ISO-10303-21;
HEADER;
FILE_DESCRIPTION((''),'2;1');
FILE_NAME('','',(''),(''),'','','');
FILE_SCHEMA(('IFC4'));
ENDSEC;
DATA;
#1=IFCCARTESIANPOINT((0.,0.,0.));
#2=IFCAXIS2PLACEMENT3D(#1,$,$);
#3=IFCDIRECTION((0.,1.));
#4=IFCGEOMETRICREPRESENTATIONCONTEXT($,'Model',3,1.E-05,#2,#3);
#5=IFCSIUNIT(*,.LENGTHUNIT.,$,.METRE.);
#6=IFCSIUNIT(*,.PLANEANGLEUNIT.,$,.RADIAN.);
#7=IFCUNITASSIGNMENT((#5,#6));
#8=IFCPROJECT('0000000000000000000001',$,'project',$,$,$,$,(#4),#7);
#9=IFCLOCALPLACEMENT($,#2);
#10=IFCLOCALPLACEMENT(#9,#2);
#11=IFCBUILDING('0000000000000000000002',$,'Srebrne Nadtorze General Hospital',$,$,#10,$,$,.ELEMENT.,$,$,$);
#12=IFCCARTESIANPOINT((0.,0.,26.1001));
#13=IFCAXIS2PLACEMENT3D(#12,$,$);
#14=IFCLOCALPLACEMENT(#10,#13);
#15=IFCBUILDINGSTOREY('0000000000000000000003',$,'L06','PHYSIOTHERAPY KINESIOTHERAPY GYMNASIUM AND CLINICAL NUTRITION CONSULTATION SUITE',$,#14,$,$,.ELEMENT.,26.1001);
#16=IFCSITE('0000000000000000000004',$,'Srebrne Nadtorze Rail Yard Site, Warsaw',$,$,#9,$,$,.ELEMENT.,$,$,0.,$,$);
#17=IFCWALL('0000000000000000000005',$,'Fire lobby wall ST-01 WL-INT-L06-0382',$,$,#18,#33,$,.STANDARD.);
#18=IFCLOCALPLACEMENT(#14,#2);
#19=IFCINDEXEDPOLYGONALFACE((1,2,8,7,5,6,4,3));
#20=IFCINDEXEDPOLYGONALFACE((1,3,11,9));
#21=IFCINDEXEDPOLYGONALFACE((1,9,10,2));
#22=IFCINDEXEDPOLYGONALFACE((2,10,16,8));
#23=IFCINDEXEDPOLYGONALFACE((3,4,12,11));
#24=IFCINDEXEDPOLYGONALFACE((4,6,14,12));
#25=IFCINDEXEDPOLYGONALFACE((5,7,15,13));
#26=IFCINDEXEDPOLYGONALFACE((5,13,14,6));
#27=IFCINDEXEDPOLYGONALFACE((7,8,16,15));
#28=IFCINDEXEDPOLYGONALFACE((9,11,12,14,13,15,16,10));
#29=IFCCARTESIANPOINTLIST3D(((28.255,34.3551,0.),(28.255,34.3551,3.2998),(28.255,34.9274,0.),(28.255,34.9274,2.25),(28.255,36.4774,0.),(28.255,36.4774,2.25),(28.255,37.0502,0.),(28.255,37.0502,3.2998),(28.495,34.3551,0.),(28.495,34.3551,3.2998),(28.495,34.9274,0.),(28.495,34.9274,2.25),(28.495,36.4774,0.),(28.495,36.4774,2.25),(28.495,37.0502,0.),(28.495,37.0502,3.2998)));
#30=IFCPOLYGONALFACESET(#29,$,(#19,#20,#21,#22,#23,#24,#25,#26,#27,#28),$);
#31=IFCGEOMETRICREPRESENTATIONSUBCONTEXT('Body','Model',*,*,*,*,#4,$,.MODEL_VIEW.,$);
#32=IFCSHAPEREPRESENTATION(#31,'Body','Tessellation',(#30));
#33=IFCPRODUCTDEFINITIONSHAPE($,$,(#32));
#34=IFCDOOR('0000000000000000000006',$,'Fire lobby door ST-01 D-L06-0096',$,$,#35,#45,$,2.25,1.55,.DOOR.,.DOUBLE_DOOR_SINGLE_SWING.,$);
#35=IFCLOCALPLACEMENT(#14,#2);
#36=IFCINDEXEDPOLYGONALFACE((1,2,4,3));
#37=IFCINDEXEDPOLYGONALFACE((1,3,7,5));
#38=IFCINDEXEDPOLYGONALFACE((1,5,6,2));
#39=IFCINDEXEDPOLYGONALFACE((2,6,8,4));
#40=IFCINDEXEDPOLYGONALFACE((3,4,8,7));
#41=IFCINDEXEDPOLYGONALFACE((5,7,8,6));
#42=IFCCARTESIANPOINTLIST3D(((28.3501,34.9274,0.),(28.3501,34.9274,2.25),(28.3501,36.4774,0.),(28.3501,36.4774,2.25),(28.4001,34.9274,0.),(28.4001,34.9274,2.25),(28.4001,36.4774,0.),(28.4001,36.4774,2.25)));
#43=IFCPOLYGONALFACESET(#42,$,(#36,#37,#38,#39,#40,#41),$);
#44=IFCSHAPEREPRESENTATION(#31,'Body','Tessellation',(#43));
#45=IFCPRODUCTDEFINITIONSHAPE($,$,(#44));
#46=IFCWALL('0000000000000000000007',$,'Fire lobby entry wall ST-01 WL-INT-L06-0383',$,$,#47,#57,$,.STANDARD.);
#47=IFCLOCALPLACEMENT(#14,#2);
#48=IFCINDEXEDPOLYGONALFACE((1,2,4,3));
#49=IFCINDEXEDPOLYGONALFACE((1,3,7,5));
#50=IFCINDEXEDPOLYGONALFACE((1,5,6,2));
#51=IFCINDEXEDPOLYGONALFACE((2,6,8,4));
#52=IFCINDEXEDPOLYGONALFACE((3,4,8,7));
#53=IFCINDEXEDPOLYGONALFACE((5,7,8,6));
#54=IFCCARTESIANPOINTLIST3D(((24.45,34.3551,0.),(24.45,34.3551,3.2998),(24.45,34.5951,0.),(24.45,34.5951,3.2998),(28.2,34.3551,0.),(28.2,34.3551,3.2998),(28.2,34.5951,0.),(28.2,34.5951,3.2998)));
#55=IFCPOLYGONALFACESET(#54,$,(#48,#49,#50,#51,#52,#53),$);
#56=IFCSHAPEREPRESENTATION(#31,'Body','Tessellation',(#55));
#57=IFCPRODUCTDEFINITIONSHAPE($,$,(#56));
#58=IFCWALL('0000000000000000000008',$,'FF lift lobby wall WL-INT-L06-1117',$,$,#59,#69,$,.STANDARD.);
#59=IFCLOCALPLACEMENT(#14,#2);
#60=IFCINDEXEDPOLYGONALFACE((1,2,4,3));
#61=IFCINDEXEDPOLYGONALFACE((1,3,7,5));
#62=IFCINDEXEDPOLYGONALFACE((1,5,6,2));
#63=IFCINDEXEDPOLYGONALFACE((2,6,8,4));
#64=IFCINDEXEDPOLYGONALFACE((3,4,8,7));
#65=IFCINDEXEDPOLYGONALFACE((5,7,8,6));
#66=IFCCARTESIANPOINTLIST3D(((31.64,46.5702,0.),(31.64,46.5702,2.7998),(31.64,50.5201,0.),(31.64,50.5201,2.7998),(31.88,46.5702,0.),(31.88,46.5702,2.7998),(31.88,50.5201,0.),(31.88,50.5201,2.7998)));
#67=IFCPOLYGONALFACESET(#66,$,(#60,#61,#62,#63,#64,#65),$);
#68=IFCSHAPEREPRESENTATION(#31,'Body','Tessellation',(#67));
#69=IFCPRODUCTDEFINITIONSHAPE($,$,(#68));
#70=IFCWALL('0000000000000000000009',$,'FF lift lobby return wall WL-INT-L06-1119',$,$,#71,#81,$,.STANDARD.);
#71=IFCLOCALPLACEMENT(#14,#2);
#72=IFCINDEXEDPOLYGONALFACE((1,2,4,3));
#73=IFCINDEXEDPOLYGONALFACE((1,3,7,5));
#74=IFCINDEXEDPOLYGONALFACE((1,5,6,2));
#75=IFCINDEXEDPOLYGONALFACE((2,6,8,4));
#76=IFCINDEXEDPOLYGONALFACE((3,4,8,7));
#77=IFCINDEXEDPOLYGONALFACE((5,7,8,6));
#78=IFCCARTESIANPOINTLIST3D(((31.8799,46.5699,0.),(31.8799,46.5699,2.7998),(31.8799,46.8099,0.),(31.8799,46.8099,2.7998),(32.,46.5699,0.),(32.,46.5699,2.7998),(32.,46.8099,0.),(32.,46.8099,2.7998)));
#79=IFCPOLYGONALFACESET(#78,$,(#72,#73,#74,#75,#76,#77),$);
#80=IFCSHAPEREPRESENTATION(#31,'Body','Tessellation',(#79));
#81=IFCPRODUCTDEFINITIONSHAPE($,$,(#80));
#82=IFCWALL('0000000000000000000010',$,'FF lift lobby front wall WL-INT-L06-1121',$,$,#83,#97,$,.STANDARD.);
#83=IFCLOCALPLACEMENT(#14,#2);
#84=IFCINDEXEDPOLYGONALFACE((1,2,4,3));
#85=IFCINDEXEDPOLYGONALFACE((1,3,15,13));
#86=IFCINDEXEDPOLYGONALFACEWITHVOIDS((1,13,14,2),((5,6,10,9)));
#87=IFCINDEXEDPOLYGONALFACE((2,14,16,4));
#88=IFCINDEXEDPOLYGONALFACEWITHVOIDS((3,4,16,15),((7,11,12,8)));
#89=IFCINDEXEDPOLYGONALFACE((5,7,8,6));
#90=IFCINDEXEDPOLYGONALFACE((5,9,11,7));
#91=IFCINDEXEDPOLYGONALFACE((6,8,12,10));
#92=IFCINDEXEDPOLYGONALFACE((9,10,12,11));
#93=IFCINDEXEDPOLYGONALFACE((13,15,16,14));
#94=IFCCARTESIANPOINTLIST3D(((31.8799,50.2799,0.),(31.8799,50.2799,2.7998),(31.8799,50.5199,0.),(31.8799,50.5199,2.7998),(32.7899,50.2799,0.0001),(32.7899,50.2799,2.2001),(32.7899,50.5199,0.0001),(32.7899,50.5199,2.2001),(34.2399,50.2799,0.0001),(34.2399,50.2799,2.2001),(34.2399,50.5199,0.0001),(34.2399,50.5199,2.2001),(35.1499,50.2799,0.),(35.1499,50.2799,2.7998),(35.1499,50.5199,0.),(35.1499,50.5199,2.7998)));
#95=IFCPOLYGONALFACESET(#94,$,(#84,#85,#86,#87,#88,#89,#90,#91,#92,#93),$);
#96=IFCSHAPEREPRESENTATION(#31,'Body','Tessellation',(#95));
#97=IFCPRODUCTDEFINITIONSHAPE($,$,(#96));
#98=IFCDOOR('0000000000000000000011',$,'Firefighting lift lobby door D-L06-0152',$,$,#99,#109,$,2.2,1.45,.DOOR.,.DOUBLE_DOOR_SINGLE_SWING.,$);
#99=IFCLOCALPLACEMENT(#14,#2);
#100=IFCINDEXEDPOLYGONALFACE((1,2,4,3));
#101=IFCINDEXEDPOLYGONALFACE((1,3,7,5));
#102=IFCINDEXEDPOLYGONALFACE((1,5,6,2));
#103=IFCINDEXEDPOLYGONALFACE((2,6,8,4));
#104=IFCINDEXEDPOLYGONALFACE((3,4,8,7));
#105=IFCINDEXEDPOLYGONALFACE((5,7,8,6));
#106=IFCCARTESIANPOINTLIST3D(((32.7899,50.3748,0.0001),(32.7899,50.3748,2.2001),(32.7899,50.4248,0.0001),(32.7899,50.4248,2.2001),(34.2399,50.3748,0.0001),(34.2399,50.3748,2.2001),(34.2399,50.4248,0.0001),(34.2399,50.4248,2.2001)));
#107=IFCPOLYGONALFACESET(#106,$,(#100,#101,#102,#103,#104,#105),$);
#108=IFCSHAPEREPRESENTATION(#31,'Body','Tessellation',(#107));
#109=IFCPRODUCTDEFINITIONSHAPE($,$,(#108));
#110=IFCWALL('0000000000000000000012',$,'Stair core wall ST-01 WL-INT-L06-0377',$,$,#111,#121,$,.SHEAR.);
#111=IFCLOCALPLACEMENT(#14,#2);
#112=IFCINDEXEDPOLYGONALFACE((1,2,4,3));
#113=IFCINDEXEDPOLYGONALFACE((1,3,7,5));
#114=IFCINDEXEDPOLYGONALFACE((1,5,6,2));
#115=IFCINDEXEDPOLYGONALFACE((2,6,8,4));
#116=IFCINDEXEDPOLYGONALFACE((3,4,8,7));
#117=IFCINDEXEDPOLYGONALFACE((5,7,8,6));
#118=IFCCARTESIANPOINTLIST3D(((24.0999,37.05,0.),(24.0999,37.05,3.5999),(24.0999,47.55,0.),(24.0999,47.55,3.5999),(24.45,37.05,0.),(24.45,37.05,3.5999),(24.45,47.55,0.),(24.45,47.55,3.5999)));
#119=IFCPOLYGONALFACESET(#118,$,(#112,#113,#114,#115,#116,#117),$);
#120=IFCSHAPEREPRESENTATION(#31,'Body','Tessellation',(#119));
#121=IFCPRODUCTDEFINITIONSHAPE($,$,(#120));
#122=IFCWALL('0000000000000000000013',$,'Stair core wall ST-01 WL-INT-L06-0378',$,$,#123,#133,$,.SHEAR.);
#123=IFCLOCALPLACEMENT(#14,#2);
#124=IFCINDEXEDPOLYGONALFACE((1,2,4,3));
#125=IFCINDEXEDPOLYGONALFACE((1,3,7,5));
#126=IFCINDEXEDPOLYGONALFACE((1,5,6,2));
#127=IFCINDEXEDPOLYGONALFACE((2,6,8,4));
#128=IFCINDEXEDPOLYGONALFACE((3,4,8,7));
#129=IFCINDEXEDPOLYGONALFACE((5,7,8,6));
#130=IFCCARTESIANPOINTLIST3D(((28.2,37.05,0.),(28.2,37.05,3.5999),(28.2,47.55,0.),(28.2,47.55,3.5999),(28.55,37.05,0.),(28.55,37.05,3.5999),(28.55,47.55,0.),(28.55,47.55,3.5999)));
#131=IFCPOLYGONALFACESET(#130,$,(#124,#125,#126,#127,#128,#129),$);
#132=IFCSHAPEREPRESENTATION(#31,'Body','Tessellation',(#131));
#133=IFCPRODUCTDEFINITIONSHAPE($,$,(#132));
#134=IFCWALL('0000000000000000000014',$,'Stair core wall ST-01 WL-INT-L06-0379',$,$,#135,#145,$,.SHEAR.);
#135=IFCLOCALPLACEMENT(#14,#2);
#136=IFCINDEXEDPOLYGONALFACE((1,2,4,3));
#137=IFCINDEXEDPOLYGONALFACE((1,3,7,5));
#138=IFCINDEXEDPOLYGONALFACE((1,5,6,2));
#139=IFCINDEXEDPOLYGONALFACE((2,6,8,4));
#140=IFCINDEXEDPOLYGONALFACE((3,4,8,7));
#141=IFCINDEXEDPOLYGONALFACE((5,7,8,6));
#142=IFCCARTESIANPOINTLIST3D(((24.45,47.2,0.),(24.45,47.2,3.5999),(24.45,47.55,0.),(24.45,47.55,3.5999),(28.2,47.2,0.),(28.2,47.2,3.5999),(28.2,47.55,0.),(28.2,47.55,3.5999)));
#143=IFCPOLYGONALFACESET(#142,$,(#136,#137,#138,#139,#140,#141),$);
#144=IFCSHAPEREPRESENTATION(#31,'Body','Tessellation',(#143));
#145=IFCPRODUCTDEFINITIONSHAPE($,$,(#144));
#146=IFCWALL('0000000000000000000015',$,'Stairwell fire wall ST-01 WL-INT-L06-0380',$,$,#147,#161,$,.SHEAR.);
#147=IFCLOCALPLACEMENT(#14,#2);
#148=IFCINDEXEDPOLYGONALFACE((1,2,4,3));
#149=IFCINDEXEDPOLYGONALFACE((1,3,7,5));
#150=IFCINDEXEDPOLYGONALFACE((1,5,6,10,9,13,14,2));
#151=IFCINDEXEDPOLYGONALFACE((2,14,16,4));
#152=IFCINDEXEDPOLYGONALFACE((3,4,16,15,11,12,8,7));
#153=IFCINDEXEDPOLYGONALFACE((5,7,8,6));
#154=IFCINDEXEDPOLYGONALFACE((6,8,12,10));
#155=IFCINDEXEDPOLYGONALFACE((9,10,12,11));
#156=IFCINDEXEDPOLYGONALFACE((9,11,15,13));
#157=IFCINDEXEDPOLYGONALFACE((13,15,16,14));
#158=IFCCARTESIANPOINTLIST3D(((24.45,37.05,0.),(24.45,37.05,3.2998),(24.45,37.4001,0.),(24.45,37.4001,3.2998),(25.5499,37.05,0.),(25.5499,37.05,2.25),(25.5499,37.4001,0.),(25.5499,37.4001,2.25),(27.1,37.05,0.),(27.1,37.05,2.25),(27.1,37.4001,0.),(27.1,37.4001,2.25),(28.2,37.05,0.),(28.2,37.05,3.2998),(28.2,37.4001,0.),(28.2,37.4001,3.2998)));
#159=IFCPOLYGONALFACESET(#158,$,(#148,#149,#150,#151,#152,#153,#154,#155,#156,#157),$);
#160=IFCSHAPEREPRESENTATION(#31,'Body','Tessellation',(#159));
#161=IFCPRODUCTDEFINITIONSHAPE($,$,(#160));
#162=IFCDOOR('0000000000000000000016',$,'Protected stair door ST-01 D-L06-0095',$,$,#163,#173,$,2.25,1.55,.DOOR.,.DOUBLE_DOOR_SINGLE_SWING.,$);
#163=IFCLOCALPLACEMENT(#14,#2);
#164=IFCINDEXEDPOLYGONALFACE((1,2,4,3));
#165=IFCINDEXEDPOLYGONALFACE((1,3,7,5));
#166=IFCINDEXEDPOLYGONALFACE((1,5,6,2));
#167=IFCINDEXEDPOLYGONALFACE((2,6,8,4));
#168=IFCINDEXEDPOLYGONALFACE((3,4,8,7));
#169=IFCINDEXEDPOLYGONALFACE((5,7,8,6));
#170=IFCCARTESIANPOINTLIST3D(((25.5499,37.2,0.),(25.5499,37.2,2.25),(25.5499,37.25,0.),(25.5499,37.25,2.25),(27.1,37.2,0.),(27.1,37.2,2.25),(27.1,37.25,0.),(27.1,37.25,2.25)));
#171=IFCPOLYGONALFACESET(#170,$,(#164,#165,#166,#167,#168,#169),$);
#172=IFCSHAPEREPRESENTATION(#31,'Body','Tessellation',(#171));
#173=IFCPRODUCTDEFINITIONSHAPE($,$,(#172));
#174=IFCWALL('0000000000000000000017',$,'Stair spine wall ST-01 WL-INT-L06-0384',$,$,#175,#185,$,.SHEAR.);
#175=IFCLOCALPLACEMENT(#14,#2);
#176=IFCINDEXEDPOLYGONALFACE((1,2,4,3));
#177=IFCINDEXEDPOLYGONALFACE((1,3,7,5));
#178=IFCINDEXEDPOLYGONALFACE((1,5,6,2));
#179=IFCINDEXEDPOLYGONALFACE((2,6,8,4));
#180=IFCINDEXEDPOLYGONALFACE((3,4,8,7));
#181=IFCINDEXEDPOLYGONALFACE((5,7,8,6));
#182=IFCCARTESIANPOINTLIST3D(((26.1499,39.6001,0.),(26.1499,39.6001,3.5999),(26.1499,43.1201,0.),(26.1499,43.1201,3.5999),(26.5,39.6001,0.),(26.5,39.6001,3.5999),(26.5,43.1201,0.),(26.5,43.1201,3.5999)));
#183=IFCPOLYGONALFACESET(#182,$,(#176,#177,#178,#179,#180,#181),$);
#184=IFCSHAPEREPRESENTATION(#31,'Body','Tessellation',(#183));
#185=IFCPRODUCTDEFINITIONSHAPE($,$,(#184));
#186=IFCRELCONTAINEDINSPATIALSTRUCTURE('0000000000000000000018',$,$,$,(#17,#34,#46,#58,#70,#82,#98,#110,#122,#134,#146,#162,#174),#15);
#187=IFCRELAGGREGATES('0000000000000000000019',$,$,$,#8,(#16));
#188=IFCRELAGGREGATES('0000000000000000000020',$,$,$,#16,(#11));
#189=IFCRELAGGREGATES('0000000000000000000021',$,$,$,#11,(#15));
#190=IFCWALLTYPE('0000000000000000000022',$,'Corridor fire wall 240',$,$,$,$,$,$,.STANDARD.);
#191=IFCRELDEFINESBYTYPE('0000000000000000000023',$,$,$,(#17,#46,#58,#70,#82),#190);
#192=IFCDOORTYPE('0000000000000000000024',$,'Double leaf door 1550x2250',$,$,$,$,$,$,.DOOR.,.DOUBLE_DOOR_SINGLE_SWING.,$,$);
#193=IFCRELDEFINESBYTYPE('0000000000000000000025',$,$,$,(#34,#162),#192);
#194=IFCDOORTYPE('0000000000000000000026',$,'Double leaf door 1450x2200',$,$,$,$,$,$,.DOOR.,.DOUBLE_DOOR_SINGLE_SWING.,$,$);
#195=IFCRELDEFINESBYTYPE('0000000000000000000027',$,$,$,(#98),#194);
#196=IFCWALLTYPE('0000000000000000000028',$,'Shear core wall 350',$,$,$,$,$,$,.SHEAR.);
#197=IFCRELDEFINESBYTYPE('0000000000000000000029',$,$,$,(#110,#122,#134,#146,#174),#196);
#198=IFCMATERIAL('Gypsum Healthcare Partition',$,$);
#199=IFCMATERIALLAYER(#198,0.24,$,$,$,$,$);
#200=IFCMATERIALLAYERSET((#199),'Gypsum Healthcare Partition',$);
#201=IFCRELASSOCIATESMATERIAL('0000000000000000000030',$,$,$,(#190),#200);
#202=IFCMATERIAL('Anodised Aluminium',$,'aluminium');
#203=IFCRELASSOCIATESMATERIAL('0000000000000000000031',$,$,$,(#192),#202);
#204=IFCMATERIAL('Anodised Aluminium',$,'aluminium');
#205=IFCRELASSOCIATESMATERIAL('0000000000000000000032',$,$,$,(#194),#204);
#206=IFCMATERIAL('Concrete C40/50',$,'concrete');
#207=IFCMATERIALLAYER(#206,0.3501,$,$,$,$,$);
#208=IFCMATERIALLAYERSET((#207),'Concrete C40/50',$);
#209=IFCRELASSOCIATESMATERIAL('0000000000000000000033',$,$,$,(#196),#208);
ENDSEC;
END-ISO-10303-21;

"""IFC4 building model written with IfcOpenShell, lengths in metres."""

from ifc_helpers import new_model, si_unit, direction, frame, frame_2d, origin, place, context, subcontext, project, spatial, rectangle, extrude, material, layer, layer_set, type_object, element, fill, save


model = new_model("IFC4")

# Units and contexts
model_context = context("Model", 3, precision=1e-05, world=origin(), true_north=direction((0.0, 1.0)))
body_context = subcontext(model_context, "Body", "Model", "MODEL_VIEW")
ifc_project = project(units=[si_unit("LENGTHUNIT", "METRE"), si_unit("PLANEANGLEUNIT", "RADIAN")], contexts=[model_context])

# Site, building, storey
site_placement = place(None, origin())
site = spatial("IfcSite", under=ifc_project, at=site_placement, Name="Srebrne Nadtorze Rail Yard Site, Warsaw", CompositionType="ELEMENT", RefElevation=0.0)
building_placement = place(site_placement, origin())
building = spatial("IfcBuilding", under=site, at=building_placement, Name="Srebrne Nadtorze General Hospital", CompositionType="ELEMENT")
storey_placement = place(building_placement, frame((0.0, 0.0, 26.1001)))
storey = spatial("IfcBuildingStorey", under=building, at=storey_placement, Name="L06", Description="PHYSIOTHERAPY KINESIOTHERAPY GYMNASIUM AND CLINICAL NUTRITION CONSULTATION SUITE", CompositionType="ELEMENT", Elevation=26.1001)

# Wall, opening, door
ifc_material_1 = material(Name="Gypsum Healthcare Partition")
ifc_layer_1 = layer(ifc_material_1, 0.24)
ifc_layer_set_1 = layer_set([ifc_layer_1], Name="Gypsum Healthcare Partition")
wall_type_1 = type_object("IfcWallType", Name="Corridor fire wall 240", PredefinedType="STANDARD", material=ifc_layer_set_1)
wall_1_placement = place(storey_placement, frame((28.375, 34.355, 0.0), z_axis=(0.0, 0.0, 1.0), x_axis=(0.0, 1.0, 0.0)))
wall_1 = element("IfcWall", 1, at=wall_1_placement, inside=storey, type_object=wall_type_1, Name="Fire lobby wall ST-01 WL-INT-L06-0382", PredefinedType="STANDARD", context=body_context, shape_type="SweptSolid", body=[
    extrude(rectangle(XDim=2.6951, YDim=0.24, at=frame_2d((1.3477, 0.0))), origin(), (0.0, 0.0, 1.0), 3.2998),
])
opening_1_placement = place(wall_1_placement, frame((0.5725, 0.0, 0.0)))
opening_1 = element("IfcOpeningElement", 2, at=opening_1_placement, cuts=wall_1, PredefinedType="OPENING", context=body_context, shape_type="SweptSolid", body=[
    extrude(rectangle(XDim=1.55, YDim=2.25, at=frame_2d((0.7749, 1.125))), frame((0.0, 0.1318, 0.0), z_axis=(0.0, -1.0, 0.0), x_axis=(1.0, 0.0, 0.0)), (0.0, 0.0, 1.0), 0.2639),
])
ifc_material_2 = material(Name="Anodised Aluminium", Category="aluminium")
door_type_1 = type_object("IfcDoorType", Name="Double leaf door 1550x2250", OperationType="DOUBLE_DOOR_SINGLE_SWING", PredefinedType="DOOR", material=ifc_material_2)
door_1_placement = place(opening_1_placement, origin())
door_1 = element("IfcDoor", 3, at=door_1_placement, inside=storey, type_object=door_type_1, Name="Fire lobby door ST-01 D-L06-0096", OperationType="DOUBLE_DOOR_SINGLE_SWING", OverallHeight=2.25, OverallWidth=1.55, PredefinedType="DOOR", context=body_context, shape_type="SweptSolid", body=[
    extrude(rectangle(XDim=1.55, YDim=2.25, at=frame_2d((0.7749, 1.125))), frame((0.0, 0.0249, 0.0), z_axis=(0.0, -1.0, 0.0), x_axis=(1.0, 0.0, 0.0)), (0.0, 0.0, 1.0), 0.05),
])
fill(opening_1, door_1)

# Walls
wall_2_placement = place(storey_placement, frame((24.45, 34.4751, 0.0), z_axis=(0.0, 0.0, 1.0), x_axis=(1.0, 0.0, 0.0)))
element("IfcWall", 4, at=wall_2_placement, inside=storey, type_object=wall_type_1, Name="Fire lobby entry wall ST-01 WL-INT-L06-0383", PredefinedType="STANDARD", context=body_context, shape_type="SweptSolid", body=[
    extrude(rectangle(XDim=3.75, YDim=0.24, at=frame_2d((1.875, 0.0))), origin(), (0.0, 0.0, 1.0), 3.2998),
])
wall_3_placement = place(storey_placement, frame((31.76, 46.5701, 0.0), z_axis=(0.0, 0.0, 1.0), x_axis=(0.0, 1.0, 0.0)))
element("IfcWall", 5, at=wall_3_placement, inside=storey, type_object=wall_type_1, Name="FF lift lobby wall WL-INT-L06-1117", PredefinedType="STANDARD", context=body_context, shape_type="SweptSolid", body=[
    extrude(rectangle(XDim=3.95, YDim=0.24, at=frame_2d((1.9751, 0.0))), origin(), (0.0, 0.0, 1.0), 2.7998),
])
wall_4_placement = place(storey_placement, frame((31.8799, 46.6899, 0.0), z_axis=(0.0, 0.0, 1.0), x_axis=(1.0, 0.0, 0.0)))
element("IfcWall", 6, at=wall_4_placement, inside=storey, type_object=wall_type_1, Name="FF lift lobby return wall WL-INT-L06-1119", PredefinedType="STANDARD", context=body_context, shape_type="SweptSolid", body=[
    extrude(rectangle(XDim=0.1201, YDim=0.24, at=frame_2d((0.0601, 0.0))), origin(), (0.0, 0.0, 1.0), 2.7998),
])

# Wall, opening, door
wall_5_placement = place(storey_placement, frame((31.8799, 50.3999, 0.0), z_axis=(0.0, 0.0, 1.0), x_axis=(1.0, 0.0, 0.0)))
wall_5 = element("IfcWall", 7, at=wall_5_placement, inside=storey, type_object=wall_type_1, Name="FF lift lobby front wall WL-INT-L06-1121", PredefinedType="STANDARD", context=body_context, shape_type="SweptSolid", body=[
    extrude(rectangle(XDim=3.27, YDim=0.24, at=frame_2d((1.635, 0.0))), origin(), (0.0, 0.0, 1.0), 2.7998),
])
opening_2_placement = place(wall_5_placement, frame((0.9099, 0.0, 0.0)))
opening_2 = element("IfcOpeningElement", 8, at=opening_2_placement, cuts=wall_5, PredefinedType="OPENING", context=body_context, shape_type="SweptSolid", body=[
    extrude(rectangle(XDim=1.45, YDim=2.2, at=frame_2d((0.7251, 1.1001))), frame((0.0, 0.1318, 0.0), z_axis=(0.0, -1.0, 0.0), x_axis=(1.0, 0.0, 0.0)), (0.0, 0.0, 1.0), 0.2639),
])
ifc_material_3 = material(Name="Anodised Aluminium", Category="aluminium")
door_type_2 = type_object("IfcDoorType", Name="Double leaf door 1450x2200", OperationType="DOUBLE_DOOR_SINGLE_SWING", PredefinedType="DOOR", material=ifc_material_3)
door_2_placement = place(opening_2_placement, origin())
door_2 = element("IfcDoor", 9, at=door_2_placement, inside=storey, type_object=door_type_2, Name="Firefighting lift lobby door D-L06-0152", OperationType="DOUBLE_DOOR_SINGLE_SWING", OverallHeight=2.2, OverallWidth=1.45, PredefinedType="DOOR", context=body_context, shape_type="SweptSolid", body=[
    extrude(rectangle(XDim=1.45, YDim=2.2, at=frame_2d((0.7251, 1.1001))), frame((0.0, 0.0249, 0.0), z_axis=(0.0, -1.0, 0.0), x_axis=(1.0, 0.0, 0.0)), (0.0, 0.0, 1.0), 0.05),
])
fill(opening_2, door_2)

# Walls
ifc_material_4 = material(Name="Concrete C40/50", Category="concrete")
ifc_layer_2 = layer(ifc_material_4, 0.3501)
ifc_layer_set_2 = layer_set([ifc_layer_2], Name="Concrete C40/50")
wall_type_2 = type_object("IfcWallType", Name="Shear core wall 350", PredefinedType="SHEAR", material=ifc_layer_set_2)
for number, where, z_axis, x_axis, name in (
    (10, (24.2749, 37.05, 0.0), (0.0, 0.0, 1.0), (0.0, 1.0, 0.0), "Stair core wall ST-01 WL-INT-L06-0377"),
    (11, (28.375, 37.05, 0.0), (0.0, 0.0, 1.0), (0.0, 1.0, 0.0), "Stair core wall ST-01 WL-INT-L06-0378"),
):
    element("IfcWall", number, at=place(storey_placement, frame(where, z_axis=z_axis, x_axis=x_axis)), inside=storey, type_object=wall_type_2, Name=name, PredefinedType="SHEAR", context=body_context, shape_type="SweptSolid", body=[
        extrude(rectangle(XDim=10.5, YDim=0.3501, at=frame_2d((5.25, 0.0))), origin(), (0.0, 0.0, 1.0), 3.5999),
    ])
wall_6_placement = place(storey_placement, frame((24.45, 47.375, 0.0), z_axis=(0.0, 0.0, 1.0), x_axis=(1.0, 0.0, 0.0)))
element("IfcWall", 12, at=wall_6_placement, inside=storey, type_object=wall_type_2, Name="Stair core wall ST-01 WL-INT-L06-0379", PredefinedType="SHEAR", context=body_context, shape_type="SweptSolid", body=[
    extrude(rectangle(XDim=3.75, YDim=0.3501, at=frame_2d((1.875, 0.0))), origin(), (0.0, 0.0, 1.0), 3.5999),
])

# Wall, opening, door
wall_7_placement = place(storey_placement, frame((24.45, 37.2251, 0.0), z_axis=(0.0, 0.0, 1.0), x_axis=(1.0, 0.0, 0.0)))
wall_7 = element("IfcWall", 13, at=wall_7_placement, inside=storey, type_object=wall_type_2, Name="Stairwell fire wall ST-01 WL-INT-L06-0380", PredefinedType="SHEAR", context=body_context, shape_type="SweptSolid", body=[
    extrude(rectangle(XDim=3.75, YDim=0.3501, at=frame_2d((1.875, 0.0))), origin(), (0.0, 0.0, 1.0), 3.2998),
])
opening_3_placement = place(wall_7_placement, frame((1.1001, 0.0, 0.0)))
opening_3 = element("IfcOpeningElement", 14, at=opening_3_placement, cuts=wall_7, PredefinedType="OPENING", context=body_context, shape_type="SweptSolid", body=[
    extrude(rectangle(XDim=1.55, YDim=2.25, at=frame_2d((0.7749, 1.125))), frame((0.0, 0.187, 0.0), z_axis=(0.0, -1.0, 0.0), x_axis=(1.0, 0.0, 0.0)), (0.0, 0.0, 1.0), 0.374),
])
door_3_placement = place(opening_3_placement, origin())
door_3 = element("IfcDoor", 15, at=door_3_placement, inside=storey, type_object=door_type_1, Name="Protected stair door ST-01 D-L06-0095", OperationType="DOUBLE_DOOR_SINGLE_SWING", OverallHeight=2.25, OverallWidth=1.55, PredefinedType="DOOR", context=body_context, shape_type="SweptSolid", body=[
    extrude(rectangle(XDim=1.55, YDim=2.25, at=frame_2d((0.7749, 1.125))), frame((0.0, 0.0249, 0.0), z_axis=(0.0, -1.0, 0.0), x_axis=(1.0, 0.0, 0.0)), (0.0, 0.0, 1.0), 0.05),
])
fill(opening_3, door_3)

# Wall
wall_8_placement = place(storey_placement, frame((26.325, 39.6001, 0.0), z_axis=(0.0, 0.0, 1.0), x_axis=(0.0, 1.0, 0.0)))
element("IfcWall", 16, at=wall_8_placement, inside=storey, type_object=wall_type_2, Name="Stair spine wall ST-01 WL-INT-L06-0384", PredefinedType="SHEAR", context=body_context, shape_type="SweptSolid", body=[
    extrude(rectangle(XDim=3.52, YDim=0.3501, at=frame_2d((1.76, 0.0))), origin(), (0.0, 0.0, 1.0), 3.5999),
])

save(model, "model.ifc")
